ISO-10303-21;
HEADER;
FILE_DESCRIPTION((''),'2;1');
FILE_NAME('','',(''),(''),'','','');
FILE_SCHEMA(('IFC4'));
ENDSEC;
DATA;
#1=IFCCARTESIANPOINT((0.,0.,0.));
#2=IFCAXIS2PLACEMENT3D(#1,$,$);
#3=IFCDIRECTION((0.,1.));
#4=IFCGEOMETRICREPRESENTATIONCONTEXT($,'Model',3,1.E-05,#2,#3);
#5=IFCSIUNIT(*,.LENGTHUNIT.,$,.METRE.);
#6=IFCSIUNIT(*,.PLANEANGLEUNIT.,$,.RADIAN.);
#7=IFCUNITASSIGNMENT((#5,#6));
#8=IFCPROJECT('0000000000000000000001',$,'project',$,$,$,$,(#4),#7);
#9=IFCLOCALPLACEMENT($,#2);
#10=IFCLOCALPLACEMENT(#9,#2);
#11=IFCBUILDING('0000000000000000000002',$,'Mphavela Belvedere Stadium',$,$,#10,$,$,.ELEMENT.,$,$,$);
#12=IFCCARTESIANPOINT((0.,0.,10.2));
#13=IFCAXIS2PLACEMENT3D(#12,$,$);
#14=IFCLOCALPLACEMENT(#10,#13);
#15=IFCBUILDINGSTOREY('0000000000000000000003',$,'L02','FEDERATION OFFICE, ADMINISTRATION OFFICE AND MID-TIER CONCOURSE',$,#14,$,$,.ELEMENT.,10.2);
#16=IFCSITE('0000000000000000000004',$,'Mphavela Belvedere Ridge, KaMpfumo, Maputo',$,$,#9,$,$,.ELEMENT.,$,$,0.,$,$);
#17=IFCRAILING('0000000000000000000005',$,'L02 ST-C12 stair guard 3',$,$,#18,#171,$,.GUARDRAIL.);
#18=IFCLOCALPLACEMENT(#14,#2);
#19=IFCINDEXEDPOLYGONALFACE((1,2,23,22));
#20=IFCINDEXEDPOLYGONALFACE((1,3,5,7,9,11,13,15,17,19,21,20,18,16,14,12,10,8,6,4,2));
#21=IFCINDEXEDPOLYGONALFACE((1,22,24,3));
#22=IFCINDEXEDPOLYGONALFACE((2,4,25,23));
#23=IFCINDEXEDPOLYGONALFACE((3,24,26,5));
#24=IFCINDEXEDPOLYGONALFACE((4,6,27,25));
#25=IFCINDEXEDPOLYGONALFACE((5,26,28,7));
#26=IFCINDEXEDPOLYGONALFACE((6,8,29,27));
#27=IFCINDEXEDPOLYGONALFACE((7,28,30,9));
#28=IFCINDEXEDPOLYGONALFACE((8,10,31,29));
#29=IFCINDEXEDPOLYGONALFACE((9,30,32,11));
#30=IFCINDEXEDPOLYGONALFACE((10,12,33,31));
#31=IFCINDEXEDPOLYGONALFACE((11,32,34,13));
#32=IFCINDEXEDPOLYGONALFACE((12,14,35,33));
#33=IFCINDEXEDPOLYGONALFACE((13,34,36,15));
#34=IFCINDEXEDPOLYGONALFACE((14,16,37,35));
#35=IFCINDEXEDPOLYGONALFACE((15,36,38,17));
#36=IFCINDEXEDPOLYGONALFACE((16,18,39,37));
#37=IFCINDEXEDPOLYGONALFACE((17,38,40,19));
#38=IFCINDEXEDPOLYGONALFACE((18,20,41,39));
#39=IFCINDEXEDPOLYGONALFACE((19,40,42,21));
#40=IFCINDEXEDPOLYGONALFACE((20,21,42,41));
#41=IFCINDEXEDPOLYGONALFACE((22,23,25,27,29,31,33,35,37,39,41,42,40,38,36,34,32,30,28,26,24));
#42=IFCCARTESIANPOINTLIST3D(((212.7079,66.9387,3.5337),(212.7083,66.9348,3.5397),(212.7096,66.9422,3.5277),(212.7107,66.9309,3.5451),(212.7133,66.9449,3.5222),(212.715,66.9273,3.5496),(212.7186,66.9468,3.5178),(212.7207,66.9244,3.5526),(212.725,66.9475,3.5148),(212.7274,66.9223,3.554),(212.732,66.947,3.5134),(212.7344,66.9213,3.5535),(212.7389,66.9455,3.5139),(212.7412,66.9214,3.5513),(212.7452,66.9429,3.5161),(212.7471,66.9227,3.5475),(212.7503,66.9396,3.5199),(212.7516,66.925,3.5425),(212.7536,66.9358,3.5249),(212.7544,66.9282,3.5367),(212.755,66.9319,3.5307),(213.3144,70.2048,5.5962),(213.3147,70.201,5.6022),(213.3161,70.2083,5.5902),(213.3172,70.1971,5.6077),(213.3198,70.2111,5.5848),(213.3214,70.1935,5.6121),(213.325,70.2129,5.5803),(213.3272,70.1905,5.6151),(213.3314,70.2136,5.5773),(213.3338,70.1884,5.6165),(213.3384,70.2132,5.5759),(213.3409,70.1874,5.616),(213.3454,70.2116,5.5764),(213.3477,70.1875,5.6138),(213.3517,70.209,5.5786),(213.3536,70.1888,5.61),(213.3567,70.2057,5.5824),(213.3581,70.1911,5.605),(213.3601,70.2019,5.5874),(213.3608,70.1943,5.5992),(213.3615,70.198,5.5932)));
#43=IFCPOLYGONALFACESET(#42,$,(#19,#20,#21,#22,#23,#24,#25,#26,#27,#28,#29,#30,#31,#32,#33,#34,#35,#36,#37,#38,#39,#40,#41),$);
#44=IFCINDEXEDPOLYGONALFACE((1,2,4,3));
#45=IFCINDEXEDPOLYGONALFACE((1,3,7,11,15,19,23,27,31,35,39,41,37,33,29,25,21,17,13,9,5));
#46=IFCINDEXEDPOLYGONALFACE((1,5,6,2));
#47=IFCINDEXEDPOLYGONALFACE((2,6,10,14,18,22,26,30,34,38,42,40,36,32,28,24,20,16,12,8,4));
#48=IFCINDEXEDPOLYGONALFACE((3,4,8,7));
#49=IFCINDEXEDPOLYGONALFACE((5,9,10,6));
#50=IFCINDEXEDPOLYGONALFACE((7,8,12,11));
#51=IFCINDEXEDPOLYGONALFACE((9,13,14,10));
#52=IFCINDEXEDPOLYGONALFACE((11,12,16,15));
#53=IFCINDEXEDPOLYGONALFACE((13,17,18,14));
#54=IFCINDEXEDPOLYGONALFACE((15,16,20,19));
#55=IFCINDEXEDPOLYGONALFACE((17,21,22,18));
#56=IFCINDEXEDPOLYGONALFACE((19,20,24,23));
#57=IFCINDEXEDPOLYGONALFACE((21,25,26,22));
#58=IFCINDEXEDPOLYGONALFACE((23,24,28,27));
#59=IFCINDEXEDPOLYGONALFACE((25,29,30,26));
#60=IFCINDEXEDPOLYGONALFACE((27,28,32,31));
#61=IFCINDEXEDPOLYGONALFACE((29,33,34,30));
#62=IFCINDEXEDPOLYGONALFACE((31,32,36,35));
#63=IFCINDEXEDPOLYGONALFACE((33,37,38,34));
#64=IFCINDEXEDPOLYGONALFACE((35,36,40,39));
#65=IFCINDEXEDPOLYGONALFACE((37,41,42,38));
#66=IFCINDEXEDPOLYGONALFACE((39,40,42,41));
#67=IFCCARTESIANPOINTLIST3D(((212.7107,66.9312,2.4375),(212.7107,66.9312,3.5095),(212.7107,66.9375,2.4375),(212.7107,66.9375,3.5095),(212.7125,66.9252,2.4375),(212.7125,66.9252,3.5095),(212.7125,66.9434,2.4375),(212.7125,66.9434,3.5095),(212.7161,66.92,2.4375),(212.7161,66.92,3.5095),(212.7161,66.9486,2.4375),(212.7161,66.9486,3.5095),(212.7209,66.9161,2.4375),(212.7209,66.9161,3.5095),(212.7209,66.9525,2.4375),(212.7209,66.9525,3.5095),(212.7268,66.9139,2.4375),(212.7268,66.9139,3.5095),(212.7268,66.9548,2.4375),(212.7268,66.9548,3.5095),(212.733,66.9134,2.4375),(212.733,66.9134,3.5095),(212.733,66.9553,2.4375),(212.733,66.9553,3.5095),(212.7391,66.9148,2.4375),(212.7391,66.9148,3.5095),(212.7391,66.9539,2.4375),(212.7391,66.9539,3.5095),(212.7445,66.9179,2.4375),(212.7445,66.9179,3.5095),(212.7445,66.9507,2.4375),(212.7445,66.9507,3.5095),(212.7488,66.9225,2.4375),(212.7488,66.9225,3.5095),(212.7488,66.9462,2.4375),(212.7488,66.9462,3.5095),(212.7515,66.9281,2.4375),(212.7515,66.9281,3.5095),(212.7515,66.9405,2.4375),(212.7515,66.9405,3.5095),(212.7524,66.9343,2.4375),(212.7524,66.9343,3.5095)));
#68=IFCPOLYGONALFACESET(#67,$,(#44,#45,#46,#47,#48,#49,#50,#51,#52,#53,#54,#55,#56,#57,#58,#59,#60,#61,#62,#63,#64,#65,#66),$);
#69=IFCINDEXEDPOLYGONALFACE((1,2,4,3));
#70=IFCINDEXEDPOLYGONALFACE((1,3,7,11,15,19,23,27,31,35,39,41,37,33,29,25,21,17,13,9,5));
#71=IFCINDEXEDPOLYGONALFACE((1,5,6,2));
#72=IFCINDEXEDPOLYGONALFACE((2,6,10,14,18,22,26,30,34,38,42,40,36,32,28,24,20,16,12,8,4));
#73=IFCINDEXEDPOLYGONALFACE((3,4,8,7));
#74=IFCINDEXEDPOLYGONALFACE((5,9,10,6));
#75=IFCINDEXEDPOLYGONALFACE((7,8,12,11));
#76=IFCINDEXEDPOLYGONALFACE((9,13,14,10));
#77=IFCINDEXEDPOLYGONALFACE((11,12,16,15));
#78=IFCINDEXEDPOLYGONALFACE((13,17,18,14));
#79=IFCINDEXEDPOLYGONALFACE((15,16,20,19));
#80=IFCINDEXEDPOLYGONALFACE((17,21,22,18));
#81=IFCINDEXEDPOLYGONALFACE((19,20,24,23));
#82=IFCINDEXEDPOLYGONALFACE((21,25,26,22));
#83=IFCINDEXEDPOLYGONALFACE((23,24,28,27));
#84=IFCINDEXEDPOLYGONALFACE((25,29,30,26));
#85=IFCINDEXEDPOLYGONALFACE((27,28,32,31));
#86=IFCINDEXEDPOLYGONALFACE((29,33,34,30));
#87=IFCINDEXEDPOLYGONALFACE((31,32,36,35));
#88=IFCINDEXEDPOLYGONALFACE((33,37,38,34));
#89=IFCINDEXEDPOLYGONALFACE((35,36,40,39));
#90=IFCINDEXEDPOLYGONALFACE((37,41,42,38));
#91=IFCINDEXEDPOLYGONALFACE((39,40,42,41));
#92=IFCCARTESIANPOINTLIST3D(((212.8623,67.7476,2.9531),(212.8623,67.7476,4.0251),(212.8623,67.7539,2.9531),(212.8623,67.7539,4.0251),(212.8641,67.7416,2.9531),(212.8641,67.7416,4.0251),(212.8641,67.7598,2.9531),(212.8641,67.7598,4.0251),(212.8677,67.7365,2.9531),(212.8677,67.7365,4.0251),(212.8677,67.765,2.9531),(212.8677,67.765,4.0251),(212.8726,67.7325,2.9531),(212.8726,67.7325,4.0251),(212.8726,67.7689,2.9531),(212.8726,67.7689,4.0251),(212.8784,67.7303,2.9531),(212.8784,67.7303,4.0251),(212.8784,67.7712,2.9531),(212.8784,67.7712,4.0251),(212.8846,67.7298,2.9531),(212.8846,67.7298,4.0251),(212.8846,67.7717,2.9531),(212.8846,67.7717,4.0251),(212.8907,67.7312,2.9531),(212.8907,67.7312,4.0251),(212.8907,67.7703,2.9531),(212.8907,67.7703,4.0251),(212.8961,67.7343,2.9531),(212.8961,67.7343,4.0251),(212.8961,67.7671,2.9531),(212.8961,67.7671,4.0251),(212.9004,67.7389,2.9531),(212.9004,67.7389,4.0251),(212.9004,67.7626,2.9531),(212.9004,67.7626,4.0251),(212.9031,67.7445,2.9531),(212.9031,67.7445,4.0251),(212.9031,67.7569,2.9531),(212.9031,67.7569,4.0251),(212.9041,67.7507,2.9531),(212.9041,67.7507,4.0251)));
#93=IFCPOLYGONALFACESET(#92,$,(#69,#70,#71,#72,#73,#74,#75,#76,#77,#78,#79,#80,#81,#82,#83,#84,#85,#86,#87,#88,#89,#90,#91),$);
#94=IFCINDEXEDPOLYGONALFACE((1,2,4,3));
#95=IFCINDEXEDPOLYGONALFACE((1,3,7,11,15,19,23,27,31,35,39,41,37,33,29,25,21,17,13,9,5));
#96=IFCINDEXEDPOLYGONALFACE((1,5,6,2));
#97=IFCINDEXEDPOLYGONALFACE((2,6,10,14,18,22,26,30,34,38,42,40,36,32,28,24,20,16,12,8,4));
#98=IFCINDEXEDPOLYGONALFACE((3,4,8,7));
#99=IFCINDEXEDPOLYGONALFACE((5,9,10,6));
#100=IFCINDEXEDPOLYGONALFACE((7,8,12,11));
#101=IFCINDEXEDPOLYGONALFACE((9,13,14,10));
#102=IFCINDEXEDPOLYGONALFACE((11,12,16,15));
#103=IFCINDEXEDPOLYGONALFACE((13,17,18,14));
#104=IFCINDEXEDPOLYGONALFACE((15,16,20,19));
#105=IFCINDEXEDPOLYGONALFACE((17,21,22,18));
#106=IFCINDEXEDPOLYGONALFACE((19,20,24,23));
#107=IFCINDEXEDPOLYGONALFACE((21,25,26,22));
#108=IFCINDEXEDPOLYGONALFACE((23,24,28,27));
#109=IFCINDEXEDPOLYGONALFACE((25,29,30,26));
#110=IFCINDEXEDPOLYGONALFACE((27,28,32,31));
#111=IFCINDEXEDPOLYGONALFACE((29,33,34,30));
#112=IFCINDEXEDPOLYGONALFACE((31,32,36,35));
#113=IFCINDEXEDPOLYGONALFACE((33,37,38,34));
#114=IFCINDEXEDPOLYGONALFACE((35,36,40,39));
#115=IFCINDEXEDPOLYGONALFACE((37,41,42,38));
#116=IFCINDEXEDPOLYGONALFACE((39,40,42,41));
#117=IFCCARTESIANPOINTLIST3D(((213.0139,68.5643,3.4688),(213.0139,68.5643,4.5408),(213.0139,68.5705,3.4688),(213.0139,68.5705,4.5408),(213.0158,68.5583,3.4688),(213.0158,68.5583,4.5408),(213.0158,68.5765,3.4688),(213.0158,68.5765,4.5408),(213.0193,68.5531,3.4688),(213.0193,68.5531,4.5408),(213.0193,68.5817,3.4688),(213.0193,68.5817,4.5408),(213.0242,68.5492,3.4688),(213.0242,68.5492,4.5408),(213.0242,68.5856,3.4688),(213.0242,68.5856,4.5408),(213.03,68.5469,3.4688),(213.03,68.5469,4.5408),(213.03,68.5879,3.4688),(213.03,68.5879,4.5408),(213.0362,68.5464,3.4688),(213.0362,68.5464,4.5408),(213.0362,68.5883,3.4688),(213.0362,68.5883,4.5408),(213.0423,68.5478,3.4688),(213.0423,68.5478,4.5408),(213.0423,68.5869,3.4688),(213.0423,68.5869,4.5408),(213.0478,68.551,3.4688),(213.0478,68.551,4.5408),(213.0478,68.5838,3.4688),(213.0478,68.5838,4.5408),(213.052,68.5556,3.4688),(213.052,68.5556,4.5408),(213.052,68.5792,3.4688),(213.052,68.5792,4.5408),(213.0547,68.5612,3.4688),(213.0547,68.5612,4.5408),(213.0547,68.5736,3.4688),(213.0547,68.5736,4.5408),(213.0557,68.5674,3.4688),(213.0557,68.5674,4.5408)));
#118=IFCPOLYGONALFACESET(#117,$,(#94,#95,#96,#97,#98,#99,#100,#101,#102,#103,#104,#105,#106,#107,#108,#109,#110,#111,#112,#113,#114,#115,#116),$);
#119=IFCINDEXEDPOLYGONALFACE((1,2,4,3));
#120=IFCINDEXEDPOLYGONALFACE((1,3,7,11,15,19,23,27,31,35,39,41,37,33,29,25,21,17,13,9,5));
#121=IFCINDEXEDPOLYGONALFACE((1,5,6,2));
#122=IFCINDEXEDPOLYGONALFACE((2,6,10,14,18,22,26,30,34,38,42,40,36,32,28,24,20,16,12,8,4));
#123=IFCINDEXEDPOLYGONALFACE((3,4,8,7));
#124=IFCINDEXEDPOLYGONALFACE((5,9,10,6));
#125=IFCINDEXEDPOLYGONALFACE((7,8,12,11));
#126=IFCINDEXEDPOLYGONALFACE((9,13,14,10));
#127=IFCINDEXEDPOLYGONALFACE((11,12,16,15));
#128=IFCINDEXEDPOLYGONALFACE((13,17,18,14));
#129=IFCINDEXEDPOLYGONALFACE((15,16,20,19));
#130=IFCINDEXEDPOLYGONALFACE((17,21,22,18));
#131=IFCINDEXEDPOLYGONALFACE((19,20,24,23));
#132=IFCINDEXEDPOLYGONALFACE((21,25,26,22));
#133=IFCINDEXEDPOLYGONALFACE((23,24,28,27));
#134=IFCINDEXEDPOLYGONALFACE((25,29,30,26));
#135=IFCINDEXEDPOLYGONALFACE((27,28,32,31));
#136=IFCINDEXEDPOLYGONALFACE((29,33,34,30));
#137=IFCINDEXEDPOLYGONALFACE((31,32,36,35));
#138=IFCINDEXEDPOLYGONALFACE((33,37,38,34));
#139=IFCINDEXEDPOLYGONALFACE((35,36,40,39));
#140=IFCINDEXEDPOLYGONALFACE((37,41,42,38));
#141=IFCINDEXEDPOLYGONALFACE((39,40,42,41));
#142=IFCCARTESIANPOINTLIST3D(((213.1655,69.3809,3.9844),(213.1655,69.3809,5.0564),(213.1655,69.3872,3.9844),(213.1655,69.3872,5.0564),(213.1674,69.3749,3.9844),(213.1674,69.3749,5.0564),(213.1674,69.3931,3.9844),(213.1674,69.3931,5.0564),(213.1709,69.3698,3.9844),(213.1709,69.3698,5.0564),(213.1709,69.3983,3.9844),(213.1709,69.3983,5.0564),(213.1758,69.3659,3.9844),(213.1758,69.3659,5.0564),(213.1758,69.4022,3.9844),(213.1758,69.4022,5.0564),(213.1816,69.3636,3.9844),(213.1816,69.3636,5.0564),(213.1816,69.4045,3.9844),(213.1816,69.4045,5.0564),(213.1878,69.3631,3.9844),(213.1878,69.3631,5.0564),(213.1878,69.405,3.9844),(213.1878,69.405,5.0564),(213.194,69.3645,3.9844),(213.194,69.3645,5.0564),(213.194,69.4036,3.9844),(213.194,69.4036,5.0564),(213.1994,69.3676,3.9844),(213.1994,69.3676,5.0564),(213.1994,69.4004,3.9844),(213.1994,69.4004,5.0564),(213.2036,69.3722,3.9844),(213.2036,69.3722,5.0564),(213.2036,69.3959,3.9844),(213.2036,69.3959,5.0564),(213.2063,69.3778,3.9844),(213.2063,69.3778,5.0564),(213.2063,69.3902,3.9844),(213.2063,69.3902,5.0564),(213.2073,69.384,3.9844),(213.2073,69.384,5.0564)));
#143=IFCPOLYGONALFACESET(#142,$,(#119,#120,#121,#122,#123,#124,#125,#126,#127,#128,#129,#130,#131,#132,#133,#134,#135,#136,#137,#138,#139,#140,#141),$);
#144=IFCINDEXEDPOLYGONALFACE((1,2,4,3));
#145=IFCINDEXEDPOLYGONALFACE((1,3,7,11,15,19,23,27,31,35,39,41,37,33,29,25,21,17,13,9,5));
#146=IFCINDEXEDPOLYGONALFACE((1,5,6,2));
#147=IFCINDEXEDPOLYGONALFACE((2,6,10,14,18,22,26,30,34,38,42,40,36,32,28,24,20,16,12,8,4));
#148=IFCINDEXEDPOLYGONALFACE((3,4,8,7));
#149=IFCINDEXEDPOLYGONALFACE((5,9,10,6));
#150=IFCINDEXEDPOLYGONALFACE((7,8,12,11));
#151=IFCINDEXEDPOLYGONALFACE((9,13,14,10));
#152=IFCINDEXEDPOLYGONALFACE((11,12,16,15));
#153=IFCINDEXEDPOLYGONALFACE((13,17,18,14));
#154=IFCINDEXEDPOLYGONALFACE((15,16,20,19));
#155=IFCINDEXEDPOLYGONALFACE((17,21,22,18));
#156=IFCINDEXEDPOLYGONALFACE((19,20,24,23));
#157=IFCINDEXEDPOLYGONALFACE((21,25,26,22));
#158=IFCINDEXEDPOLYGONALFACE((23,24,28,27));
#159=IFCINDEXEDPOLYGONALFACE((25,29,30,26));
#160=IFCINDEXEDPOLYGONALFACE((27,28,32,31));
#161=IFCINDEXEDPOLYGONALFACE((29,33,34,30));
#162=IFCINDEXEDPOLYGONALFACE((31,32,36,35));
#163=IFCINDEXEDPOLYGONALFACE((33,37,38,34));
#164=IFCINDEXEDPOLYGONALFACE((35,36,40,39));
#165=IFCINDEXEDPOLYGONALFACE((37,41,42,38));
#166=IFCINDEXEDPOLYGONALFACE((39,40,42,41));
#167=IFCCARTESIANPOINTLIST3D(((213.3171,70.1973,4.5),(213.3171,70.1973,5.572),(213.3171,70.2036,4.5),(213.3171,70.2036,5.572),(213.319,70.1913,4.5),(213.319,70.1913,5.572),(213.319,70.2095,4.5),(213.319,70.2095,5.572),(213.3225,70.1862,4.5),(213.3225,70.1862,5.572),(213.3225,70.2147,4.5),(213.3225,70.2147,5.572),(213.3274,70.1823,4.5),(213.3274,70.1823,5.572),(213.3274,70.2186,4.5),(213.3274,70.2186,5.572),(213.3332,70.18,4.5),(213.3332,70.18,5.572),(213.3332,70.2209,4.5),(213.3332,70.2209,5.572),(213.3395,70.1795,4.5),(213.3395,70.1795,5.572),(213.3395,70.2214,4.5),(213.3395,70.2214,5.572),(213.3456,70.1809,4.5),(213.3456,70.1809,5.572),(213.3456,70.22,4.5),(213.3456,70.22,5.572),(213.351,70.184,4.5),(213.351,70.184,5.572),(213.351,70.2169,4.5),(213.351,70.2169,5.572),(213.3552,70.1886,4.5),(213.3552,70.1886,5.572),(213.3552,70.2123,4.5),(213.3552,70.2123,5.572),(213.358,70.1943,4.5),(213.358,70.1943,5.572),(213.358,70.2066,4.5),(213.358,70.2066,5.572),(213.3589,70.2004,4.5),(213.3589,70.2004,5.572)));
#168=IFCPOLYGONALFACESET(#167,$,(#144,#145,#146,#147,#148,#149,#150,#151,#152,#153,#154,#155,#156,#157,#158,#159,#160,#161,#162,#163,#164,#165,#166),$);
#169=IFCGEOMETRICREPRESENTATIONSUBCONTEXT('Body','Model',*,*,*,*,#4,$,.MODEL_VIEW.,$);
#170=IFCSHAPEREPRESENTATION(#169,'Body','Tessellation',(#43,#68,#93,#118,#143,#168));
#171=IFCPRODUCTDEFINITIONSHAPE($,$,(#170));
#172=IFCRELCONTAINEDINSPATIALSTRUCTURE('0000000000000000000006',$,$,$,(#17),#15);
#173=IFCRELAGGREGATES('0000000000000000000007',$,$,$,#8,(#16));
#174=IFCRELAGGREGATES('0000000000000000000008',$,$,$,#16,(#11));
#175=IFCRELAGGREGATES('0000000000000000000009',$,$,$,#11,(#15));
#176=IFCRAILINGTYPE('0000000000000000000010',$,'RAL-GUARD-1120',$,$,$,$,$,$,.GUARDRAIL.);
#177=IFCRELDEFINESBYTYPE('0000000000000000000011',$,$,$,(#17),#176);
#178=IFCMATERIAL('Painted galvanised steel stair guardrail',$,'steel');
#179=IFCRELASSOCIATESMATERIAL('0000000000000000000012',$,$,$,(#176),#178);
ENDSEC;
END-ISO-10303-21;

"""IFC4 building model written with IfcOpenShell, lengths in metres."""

from ifc_helpers import new_model, si_unit, direction, frame, origin, origin_2d, place, context, subcontext, project, spatial, circle, extrude, material, type_object, element, save


model = new_model("IFC4")

# Units and contexts
model_context = context("Model", 3, precision=1e-05, world=origin(), true_north=direction((0.0, 1.0)))
body_context = subcontext(model_context, "Body", "Model", "MODEL_VIEW")
ifc_project = project(units=[si_unit("LENGTHUNIT", "METRE"), si_unit("PLANEANGLEUNIT", "RADIAN")], contexts=[model_context])

# Site, building, storey
site_placement = place(None, origin())
site = spatial("IfcSite", under=ifc_project, at=site_placement, Name="Mphavela Belvedere Ridge, KaMpfumo, Maputo", CompositionType="ELEMENT", RefElevation=0.0)
building_placement = place(site_placement, origin())
building = spatial("IfcBuilding", under=site, at=building_placement, Name="Mphavela Belvedere Stadium", CompositionType="ELEMENT")
storey_placement = place(building_placement, frame((0.0, 0.0, 10.2)))
storey = spatial("IfcBuildingStorey", under=building, at=storey_placement, Name="L02", Description="FEDERATION OFFICE, ADMINISTRATION OFFICE AND MID-TIER CONCOURSE", CompositionType="ELEMENT", Elevation=10.2)

# Railing
ifc_material_1 = material(Name="Painted galvanised steel stair guardrail", Category="steel")
railing_type_1 = type_object("IfcRailingType", Name="RAL-GUARD-1120", PredefinedType="GUARDRAIL", material=ifc_material_1)
railing_1_placement = place(storey_placement, frame((212.7314, 66.9343, 2.4375)))
element("IfcRailing", 1, at=railing_1_placement, inside=storey, type_object=railing_type_1, Name="L02 ST-C12 stair guard 3", PredefinedType="GUARDRAIL", context=body_context, shape_type="SweptSolid", body=[
    extrude(circle(Radius=0.0239, at=origin_2d()), frame((0.0, 0.0, 1.0962), z_axis=(0.155096, 0.835294, 0.527475), x_axis=(-0.983195, 0.182558, 0.0)), (0.0, 0.0, 1.0), 3.9102),
    extrude(circle(Radius=0.021, at=origin_2d()), origin(), (0.0, 0.0, 1.0), 1.072),
    extrude(circle(Radius=0.021, at=origin_2d()), frame((0.1516, 0.8164, 0.5156)), (0.0, 0.0, 1.0), 1.072),
    extrude(circle(Radius=0.021, at=origin_2d()), frame((0.3032, 1.6331, 1.0312)), (0.0, 0.0, 1.0), 1.072),
    extrude(circle(Radius=0.021, at=origin_2d()), frame((0.4548, 2.4497, 1.5469)), (0.0, 0.0, 1.0), 1.072),
    extrude(circle(Radius=0.021, at=origin_2d()), frame((0.6064, 3.2661, 2.0625)), (0.0, 0.0, 1.0), 1.072),
])

save(model, "model.ifc")
